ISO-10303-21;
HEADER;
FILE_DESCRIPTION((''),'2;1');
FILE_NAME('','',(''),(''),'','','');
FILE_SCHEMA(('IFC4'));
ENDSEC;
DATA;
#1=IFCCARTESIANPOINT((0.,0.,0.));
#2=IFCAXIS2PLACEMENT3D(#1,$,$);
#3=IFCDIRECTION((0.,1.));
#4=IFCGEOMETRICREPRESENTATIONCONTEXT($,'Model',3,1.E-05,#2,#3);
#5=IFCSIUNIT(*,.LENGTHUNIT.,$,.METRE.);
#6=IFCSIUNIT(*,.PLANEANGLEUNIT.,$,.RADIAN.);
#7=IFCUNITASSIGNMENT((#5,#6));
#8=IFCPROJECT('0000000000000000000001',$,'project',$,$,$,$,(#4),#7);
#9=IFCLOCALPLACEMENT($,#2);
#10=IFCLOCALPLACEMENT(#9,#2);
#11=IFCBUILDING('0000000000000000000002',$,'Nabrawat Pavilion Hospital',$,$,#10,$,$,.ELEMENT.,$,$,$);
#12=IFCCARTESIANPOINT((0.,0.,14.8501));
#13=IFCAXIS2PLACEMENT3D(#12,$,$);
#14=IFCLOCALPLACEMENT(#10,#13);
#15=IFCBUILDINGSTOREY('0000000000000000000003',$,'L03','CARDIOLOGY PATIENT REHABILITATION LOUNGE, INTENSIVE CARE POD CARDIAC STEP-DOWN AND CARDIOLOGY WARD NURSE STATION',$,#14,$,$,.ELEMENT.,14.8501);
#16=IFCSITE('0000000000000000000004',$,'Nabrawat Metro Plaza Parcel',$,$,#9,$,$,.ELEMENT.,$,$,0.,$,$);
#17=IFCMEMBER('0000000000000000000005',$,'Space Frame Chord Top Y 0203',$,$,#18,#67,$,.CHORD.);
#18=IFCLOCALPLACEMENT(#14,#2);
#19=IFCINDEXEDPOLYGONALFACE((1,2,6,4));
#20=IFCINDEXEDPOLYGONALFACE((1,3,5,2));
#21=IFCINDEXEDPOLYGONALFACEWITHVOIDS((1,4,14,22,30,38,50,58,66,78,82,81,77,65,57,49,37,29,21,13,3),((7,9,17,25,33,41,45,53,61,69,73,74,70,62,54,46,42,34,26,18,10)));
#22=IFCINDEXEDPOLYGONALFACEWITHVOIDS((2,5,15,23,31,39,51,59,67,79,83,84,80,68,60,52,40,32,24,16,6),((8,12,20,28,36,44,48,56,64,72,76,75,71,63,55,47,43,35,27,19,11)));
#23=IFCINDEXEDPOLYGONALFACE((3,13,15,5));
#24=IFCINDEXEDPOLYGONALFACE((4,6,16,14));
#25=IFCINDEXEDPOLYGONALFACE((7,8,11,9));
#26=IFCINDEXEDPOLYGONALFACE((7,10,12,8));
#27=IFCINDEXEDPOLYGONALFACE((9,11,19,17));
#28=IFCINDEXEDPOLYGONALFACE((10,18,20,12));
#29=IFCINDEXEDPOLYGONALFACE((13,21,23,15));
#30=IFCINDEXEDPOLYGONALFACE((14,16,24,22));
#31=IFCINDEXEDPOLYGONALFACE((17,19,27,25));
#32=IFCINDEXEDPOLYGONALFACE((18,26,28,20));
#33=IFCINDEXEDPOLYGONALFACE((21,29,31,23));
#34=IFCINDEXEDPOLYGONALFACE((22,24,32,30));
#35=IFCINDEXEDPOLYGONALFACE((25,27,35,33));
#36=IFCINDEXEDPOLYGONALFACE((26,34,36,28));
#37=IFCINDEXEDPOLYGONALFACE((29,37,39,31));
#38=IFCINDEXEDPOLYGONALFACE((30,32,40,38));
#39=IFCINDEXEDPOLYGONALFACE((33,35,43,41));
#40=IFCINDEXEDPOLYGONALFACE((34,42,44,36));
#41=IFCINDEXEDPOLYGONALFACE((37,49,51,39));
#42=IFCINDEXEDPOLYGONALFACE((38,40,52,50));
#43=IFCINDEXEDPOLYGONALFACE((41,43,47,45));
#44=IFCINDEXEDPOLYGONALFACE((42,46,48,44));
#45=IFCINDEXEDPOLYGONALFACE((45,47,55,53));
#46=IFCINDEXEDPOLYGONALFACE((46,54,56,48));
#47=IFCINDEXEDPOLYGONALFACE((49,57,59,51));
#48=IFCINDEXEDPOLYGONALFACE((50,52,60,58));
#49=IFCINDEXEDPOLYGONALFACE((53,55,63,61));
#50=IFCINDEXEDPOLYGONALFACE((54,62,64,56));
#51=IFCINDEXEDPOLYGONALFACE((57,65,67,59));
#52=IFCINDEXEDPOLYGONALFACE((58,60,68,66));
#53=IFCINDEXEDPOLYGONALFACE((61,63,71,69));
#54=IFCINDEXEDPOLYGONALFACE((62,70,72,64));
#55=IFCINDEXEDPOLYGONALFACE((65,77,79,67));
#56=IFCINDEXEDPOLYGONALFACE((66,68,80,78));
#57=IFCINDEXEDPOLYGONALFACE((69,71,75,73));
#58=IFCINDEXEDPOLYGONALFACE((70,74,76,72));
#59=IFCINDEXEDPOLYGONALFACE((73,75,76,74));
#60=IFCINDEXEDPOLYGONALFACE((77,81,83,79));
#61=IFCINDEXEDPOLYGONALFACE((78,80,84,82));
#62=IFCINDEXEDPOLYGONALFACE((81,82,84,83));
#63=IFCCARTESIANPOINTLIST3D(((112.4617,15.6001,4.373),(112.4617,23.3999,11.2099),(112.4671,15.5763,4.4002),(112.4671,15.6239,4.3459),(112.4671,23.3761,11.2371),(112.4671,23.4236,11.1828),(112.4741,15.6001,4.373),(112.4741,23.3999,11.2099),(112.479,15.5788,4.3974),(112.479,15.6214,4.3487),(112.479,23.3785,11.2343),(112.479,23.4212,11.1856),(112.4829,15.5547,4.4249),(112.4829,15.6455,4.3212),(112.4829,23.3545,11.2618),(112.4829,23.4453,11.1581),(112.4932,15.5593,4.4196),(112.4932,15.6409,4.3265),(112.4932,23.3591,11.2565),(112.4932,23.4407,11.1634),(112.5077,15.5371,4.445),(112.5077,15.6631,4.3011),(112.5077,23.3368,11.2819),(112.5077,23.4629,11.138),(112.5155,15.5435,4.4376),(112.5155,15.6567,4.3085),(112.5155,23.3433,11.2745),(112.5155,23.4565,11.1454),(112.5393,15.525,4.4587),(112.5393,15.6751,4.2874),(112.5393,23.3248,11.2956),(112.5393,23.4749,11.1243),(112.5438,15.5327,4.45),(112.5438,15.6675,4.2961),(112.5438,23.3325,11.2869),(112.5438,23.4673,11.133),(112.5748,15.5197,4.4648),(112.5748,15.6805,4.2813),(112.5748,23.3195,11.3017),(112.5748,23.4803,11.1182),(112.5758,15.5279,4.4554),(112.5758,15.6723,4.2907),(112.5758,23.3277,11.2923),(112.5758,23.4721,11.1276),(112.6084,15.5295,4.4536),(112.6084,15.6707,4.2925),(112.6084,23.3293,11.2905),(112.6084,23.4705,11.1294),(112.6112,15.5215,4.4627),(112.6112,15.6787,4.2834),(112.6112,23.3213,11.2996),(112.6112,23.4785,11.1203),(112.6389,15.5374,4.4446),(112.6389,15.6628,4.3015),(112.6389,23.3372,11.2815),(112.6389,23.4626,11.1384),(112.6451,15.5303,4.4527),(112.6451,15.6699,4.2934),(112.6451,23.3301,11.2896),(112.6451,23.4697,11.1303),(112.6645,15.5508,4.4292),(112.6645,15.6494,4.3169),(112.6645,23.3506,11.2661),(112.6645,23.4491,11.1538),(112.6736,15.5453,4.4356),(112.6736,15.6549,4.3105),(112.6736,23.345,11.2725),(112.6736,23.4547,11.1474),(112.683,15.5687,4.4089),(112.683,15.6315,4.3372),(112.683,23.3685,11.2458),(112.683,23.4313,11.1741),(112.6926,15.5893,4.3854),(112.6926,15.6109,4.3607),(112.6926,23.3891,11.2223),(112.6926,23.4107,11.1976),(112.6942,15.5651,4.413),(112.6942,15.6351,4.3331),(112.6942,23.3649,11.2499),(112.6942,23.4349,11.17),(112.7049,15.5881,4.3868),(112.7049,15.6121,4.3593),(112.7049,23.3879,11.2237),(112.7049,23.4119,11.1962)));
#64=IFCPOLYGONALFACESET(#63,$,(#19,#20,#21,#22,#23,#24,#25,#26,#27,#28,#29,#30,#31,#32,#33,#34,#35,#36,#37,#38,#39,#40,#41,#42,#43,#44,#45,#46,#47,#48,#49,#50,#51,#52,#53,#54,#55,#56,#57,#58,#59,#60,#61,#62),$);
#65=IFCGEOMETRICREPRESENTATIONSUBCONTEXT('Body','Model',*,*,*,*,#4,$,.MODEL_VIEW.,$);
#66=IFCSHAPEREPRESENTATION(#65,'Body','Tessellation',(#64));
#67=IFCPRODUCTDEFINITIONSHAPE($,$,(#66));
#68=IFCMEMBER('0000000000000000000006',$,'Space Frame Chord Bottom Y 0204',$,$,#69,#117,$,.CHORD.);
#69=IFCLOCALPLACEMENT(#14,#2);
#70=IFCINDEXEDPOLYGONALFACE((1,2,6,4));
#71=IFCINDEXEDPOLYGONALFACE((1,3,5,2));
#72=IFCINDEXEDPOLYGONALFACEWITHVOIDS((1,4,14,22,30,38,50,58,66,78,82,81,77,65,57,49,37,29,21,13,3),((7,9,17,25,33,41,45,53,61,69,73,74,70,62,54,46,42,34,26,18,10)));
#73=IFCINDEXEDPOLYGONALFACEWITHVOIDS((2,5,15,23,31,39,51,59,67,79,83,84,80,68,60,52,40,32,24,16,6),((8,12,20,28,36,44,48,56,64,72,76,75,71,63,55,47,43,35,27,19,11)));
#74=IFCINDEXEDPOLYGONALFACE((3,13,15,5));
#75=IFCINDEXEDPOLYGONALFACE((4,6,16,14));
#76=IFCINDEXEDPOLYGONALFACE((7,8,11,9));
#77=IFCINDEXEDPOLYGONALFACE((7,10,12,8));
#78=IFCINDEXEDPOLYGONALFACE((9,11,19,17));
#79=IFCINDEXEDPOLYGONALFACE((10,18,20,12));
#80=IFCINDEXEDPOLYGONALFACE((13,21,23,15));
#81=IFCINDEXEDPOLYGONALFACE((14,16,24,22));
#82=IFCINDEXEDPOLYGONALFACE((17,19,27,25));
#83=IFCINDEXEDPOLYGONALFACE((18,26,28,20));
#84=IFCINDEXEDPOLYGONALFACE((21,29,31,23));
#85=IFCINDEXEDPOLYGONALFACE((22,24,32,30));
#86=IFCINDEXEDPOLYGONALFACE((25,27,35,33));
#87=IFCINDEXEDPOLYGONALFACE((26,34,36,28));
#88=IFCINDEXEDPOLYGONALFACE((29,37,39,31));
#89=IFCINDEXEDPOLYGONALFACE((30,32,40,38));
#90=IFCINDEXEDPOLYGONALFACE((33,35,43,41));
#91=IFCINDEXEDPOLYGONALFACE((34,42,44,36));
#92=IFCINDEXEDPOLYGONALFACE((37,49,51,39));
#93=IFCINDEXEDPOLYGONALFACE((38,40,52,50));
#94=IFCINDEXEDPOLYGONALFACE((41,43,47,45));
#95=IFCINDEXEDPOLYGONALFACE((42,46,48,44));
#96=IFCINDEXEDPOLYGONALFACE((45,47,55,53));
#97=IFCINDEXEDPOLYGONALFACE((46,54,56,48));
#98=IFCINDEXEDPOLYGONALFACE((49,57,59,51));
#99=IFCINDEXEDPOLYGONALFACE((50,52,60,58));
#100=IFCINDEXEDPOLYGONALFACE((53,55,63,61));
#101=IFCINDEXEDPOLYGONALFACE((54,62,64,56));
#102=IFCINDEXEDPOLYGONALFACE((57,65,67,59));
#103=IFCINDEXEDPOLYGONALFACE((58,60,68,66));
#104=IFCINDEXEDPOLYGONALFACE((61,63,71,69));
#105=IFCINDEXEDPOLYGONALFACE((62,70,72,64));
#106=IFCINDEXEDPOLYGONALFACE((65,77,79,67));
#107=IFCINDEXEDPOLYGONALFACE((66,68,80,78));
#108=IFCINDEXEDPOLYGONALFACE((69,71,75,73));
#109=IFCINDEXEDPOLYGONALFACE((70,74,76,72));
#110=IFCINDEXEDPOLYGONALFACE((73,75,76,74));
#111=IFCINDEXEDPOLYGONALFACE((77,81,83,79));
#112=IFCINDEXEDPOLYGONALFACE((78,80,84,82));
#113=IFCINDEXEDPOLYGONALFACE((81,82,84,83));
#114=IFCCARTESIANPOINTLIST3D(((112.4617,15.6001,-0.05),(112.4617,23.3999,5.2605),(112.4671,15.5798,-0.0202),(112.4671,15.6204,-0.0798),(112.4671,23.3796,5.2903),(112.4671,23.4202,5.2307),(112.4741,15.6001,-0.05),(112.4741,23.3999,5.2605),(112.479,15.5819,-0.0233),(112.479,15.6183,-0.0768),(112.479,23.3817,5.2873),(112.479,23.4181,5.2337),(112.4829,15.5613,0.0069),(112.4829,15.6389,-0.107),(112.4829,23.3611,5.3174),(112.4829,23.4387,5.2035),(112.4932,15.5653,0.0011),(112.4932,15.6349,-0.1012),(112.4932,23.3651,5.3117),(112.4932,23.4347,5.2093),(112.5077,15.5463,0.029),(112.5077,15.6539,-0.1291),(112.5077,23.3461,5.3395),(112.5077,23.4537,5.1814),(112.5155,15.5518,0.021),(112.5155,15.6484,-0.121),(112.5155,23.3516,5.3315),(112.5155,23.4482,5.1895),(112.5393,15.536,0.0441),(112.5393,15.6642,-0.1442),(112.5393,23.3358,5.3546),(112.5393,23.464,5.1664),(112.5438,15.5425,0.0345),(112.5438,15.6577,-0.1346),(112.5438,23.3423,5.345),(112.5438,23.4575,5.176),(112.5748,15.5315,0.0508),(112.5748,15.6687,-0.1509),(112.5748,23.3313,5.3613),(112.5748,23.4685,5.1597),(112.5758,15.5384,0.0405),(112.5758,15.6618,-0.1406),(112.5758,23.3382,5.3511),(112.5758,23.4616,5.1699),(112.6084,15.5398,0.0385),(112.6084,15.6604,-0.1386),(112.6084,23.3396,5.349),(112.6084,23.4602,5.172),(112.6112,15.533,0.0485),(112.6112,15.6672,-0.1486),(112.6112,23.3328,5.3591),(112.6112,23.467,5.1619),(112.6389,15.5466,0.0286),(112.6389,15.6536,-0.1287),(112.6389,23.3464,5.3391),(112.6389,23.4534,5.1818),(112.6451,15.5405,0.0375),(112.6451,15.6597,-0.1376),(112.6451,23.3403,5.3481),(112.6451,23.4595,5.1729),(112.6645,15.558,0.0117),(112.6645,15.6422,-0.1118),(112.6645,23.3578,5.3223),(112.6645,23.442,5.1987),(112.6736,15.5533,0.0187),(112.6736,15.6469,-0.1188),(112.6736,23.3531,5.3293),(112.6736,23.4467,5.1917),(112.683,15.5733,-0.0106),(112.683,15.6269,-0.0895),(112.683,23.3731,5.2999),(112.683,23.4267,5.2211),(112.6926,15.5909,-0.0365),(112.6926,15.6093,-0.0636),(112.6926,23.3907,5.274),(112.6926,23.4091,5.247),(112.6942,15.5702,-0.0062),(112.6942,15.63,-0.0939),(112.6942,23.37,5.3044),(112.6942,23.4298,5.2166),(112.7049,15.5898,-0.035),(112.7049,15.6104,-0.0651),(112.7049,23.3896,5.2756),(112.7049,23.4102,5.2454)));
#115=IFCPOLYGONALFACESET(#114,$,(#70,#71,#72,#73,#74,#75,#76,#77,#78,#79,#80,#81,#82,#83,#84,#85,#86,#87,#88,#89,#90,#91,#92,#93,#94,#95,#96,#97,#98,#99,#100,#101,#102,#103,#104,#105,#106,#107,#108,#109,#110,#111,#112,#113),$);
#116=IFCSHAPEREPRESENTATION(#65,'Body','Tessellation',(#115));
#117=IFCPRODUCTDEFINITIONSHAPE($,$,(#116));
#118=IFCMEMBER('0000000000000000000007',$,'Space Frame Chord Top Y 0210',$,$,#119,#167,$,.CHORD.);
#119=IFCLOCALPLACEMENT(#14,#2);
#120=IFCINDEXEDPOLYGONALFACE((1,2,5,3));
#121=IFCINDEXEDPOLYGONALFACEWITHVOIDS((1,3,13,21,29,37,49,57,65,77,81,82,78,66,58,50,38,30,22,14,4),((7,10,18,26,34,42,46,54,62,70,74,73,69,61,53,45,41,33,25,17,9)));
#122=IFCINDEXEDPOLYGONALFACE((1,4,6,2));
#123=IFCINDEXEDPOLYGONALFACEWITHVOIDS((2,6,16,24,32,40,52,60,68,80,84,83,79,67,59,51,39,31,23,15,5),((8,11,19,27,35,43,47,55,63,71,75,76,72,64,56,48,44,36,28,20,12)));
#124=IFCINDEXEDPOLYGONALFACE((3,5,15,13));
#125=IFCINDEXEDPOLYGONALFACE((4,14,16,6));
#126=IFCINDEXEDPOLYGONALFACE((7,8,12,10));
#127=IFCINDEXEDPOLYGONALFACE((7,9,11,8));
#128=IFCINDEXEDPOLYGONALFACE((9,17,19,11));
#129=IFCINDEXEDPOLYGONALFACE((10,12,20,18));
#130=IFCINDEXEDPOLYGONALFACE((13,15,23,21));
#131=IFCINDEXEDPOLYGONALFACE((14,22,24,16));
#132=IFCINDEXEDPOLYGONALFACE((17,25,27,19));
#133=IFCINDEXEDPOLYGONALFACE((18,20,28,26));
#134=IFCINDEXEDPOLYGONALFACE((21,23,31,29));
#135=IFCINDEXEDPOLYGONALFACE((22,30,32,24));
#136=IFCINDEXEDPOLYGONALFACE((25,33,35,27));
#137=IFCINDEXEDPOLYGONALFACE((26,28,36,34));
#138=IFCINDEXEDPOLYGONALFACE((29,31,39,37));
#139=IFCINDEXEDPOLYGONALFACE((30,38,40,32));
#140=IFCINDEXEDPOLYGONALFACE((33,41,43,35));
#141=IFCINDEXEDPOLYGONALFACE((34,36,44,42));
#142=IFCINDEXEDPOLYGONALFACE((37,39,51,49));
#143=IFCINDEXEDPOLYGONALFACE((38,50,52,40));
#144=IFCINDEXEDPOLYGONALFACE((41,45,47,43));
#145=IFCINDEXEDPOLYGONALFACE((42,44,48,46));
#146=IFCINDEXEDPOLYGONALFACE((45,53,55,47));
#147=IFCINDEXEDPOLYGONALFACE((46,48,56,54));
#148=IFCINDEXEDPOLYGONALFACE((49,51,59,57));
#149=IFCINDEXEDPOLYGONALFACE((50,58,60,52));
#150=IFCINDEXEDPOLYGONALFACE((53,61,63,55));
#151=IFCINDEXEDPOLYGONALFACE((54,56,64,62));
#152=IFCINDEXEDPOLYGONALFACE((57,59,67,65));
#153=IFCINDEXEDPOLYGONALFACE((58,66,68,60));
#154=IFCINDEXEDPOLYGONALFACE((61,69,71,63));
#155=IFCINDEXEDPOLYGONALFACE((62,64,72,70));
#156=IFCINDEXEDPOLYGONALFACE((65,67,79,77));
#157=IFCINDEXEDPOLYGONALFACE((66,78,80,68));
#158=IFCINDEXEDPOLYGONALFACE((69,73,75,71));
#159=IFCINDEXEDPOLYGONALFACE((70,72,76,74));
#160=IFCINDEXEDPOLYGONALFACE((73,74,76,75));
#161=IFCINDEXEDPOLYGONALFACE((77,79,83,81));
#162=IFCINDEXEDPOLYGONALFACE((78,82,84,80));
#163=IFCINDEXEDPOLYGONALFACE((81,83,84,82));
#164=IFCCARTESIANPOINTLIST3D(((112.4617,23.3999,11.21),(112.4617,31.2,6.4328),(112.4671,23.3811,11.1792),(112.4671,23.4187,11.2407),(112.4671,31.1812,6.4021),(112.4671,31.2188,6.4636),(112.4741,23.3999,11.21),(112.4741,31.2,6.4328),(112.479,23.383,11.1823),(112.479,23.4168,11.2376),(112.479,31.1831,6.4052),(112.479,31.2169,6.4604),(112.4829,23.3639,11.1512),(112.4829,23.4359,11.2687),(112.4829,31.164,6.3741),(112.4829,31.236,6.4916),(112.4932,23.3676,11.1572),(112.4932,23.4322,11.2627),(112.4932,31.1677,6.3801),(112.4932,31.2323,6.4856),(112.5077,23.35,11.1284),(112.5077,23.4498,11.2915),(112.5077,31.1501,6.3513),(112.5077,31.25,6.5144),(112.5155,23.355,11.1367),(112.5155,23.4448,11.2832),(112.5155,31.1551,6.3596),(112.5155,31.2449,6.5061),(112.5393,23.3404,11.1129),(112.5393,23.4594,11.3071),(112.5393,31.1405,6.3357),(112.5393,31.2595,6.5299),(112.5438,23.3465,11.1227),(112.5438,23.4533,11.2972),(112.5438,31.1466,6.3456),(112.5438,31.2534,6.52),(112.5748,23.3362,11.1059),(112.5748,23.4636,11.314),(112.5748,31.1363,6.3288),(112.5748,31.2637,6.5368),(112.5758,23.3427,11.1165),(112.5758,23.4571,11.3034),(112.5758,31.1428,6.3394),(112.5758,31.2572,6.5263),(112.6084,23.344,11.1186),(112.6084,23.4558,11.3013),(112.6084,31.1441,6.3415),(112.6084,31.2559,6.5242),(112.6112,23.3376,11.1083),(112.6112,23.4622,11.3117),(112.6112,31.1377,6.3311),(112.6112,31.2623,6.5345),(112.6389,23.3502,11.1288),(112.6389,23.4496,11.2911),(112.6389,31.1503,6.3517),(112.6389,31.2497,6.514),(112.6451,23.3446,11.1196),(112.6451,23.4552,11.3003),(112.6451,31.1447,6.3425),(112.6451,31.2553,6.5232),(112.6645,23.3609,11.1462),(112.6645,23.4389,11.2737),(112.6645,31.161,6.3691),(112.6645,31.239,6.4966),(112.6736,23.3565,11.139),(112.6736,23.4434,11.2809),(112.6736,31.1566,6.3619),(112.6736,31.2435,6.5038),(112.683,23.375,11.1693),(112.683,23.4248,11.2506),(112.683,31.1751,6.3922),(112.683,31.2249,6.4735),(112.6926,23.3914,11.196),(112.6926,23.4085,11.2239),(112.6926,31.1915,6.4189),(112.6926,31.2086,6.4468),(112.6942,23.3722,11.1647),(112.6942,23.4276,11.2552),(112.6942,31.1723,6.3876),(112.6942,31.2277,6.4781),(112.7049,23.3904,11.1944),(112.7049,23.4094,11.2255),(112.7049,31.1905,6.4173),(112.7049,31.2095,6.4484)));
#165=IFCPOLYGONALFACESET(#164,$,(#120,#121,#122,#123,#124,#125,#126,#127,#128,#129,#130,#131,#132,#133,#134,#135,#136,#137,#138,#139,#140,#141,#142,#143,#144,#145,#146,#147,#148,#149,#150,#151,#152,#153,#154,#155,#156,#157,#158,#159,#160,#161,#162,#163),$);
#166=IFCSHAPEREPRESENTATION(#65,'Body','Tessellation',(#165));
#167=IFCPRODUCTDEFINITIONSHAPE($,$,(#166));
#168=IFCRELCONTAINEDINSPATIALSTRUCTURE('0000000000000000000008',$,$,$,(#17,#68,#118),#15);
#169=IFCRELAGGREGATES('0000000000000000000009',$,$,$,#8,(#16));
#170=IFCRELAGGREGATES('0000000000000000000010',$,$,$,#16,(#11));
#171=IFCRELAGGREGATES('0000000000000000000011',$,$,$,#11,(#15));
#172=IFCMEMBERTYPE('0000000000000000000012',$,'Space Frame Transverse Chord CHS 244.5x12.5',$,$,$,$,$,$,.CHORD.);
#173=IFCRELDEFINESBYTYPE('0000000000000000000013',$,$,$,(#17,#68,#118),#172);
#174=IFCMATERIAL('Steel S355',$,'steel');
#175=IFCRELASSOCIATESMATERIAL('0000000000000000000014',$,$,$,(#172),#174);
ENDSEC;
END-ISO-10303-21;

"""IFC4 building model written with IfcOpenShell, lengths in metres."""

from ifc_helpers import new_model, si_unit, direction, frame, origin, origin_2d, place, context, subcontext, project, spatial, hollow_circle, extrude, material, material_profile, profile_set, type_object, element, save


model = new_model("IFC4")

# Units and contexts
model_context = context("Model", 3, precision=1e-05, world=origin(), true_north=direction((0.0, 1.0)))
body_context = subcontext(model_context, "Body", "Model", "MODEL_VIEW")
ifc_project = project(units=[si_unit("LENGTHUNIT", "METRE"), si_unit("PLANEANGLEUNIT", "RADIAN")], contexts=[model_context])

# Site, building, storey
site_placement = place(None, origin())
site = spatial("IfcSite", under=ifc_project, at=site_placement, Name="Nabrawat Metro Plaza Parcel", CompositionType="ELEMENT", RefElevation=0.0)
building_placement = place(site_placement, origin())
building = spatial("IfcBuilding", under=site, at=building_placement, Name="Nabrawat Pavilion Hospital", CompositionType="ELEMENT")
storey_placement = place(building_placement, frame((0.0, 0.0, 14.8501)))
storey = spatial("IfcBuildingStorey", under=building, at=storey_placement, Name="L03", Description="CARDIOLOGY PATIENT REHABILITATION LOUNGE, INTENSIVE CARE POD CARDIAC STEP-DOWN AND CARDIOLOGY WARD NURSE STATION", CompositionType="ELEMENT", Elevation=14.8501)

# Shared definitions
ifc_material = material(Name="Steel S355", Category="steel")

# Members
ifc_material_profile_1 = material_profile(ifc_material, hollow_circle(Radius=0.1223, WallThickness=0.0125, at=origin_2d()), Name="CHS 244.5x12.5")
ifc_profile_set_1 = profile_set([ifc_material_profile_1], Name="Steel S355")
member_type_1 = type_object("IfcMemberType", Name="Space Frame Transverse Chord CHS 244.5x12.5", PredefinedType="CHORD", material=ifc_profile_set_1)
member_1_placement = place(storey_placement, frame((112.584, 15.6001, 4.373), z_axis=(0.0, 0.751999, 0.659164), x_axis=(-1.0, 0.0, 0.0)))
element("IfcMember", 1, at=member_1_placement, inside=storey, type_object=member_type_1, Name="Space Frame Chord Top Y 0203", PredefinedType="CHORD", context=body_context, shape_type="SweptSolid", body=[
    extrude(hollow_circle(Radius=0.1223, WallThickness=0.0125, at=origin_2d()), origin(), (0.0, 0.0, 1.0), 10.3721),
])
member_2_placement = place(storey_placement, frame((112.584, 15.6001, -0.05), z_axis=(0.0, 0.826597, 0.562794), x_axis=(-1.0, 0.0, 0.0)))
element("IfcMember", 2, at=member_2_placement, inside=storey, type_object=member_type_1, Name="Space Frame Chord Bottom Y 0204", PredefinedType="CHORD", context=body_context, shape_type="SweptSolid", body=[
    extrude(hollow_circle(Radius=0.1223, WallThickness=0.0125, at=origin_2d()), origin(), (0.0, 0.0, 1.0), 9.436),
])
member_3_placement = place(storey_placement, frame((112.584, 23.3999, 11.21), z_axis=(0.0, 0.852775, -0.522278), x_axis=(-1.0, 0.0, 0.0)))
element("IfcMember", 3, at=member_3_placement, inside=storey, type_object=member_type_1, Name="Space Frame Chord Top Y 0210", PredefinedType="CHORD", context=body_context, shape_type="SweptSolid", body=[
    extrude(hollow_circle(Radius=0.1223, WallThickness=0.0125, at=origin_2d()), origin(), (0.0, 0.0, 1.0), 9.1467),
])

save(model, "model.ifc")
